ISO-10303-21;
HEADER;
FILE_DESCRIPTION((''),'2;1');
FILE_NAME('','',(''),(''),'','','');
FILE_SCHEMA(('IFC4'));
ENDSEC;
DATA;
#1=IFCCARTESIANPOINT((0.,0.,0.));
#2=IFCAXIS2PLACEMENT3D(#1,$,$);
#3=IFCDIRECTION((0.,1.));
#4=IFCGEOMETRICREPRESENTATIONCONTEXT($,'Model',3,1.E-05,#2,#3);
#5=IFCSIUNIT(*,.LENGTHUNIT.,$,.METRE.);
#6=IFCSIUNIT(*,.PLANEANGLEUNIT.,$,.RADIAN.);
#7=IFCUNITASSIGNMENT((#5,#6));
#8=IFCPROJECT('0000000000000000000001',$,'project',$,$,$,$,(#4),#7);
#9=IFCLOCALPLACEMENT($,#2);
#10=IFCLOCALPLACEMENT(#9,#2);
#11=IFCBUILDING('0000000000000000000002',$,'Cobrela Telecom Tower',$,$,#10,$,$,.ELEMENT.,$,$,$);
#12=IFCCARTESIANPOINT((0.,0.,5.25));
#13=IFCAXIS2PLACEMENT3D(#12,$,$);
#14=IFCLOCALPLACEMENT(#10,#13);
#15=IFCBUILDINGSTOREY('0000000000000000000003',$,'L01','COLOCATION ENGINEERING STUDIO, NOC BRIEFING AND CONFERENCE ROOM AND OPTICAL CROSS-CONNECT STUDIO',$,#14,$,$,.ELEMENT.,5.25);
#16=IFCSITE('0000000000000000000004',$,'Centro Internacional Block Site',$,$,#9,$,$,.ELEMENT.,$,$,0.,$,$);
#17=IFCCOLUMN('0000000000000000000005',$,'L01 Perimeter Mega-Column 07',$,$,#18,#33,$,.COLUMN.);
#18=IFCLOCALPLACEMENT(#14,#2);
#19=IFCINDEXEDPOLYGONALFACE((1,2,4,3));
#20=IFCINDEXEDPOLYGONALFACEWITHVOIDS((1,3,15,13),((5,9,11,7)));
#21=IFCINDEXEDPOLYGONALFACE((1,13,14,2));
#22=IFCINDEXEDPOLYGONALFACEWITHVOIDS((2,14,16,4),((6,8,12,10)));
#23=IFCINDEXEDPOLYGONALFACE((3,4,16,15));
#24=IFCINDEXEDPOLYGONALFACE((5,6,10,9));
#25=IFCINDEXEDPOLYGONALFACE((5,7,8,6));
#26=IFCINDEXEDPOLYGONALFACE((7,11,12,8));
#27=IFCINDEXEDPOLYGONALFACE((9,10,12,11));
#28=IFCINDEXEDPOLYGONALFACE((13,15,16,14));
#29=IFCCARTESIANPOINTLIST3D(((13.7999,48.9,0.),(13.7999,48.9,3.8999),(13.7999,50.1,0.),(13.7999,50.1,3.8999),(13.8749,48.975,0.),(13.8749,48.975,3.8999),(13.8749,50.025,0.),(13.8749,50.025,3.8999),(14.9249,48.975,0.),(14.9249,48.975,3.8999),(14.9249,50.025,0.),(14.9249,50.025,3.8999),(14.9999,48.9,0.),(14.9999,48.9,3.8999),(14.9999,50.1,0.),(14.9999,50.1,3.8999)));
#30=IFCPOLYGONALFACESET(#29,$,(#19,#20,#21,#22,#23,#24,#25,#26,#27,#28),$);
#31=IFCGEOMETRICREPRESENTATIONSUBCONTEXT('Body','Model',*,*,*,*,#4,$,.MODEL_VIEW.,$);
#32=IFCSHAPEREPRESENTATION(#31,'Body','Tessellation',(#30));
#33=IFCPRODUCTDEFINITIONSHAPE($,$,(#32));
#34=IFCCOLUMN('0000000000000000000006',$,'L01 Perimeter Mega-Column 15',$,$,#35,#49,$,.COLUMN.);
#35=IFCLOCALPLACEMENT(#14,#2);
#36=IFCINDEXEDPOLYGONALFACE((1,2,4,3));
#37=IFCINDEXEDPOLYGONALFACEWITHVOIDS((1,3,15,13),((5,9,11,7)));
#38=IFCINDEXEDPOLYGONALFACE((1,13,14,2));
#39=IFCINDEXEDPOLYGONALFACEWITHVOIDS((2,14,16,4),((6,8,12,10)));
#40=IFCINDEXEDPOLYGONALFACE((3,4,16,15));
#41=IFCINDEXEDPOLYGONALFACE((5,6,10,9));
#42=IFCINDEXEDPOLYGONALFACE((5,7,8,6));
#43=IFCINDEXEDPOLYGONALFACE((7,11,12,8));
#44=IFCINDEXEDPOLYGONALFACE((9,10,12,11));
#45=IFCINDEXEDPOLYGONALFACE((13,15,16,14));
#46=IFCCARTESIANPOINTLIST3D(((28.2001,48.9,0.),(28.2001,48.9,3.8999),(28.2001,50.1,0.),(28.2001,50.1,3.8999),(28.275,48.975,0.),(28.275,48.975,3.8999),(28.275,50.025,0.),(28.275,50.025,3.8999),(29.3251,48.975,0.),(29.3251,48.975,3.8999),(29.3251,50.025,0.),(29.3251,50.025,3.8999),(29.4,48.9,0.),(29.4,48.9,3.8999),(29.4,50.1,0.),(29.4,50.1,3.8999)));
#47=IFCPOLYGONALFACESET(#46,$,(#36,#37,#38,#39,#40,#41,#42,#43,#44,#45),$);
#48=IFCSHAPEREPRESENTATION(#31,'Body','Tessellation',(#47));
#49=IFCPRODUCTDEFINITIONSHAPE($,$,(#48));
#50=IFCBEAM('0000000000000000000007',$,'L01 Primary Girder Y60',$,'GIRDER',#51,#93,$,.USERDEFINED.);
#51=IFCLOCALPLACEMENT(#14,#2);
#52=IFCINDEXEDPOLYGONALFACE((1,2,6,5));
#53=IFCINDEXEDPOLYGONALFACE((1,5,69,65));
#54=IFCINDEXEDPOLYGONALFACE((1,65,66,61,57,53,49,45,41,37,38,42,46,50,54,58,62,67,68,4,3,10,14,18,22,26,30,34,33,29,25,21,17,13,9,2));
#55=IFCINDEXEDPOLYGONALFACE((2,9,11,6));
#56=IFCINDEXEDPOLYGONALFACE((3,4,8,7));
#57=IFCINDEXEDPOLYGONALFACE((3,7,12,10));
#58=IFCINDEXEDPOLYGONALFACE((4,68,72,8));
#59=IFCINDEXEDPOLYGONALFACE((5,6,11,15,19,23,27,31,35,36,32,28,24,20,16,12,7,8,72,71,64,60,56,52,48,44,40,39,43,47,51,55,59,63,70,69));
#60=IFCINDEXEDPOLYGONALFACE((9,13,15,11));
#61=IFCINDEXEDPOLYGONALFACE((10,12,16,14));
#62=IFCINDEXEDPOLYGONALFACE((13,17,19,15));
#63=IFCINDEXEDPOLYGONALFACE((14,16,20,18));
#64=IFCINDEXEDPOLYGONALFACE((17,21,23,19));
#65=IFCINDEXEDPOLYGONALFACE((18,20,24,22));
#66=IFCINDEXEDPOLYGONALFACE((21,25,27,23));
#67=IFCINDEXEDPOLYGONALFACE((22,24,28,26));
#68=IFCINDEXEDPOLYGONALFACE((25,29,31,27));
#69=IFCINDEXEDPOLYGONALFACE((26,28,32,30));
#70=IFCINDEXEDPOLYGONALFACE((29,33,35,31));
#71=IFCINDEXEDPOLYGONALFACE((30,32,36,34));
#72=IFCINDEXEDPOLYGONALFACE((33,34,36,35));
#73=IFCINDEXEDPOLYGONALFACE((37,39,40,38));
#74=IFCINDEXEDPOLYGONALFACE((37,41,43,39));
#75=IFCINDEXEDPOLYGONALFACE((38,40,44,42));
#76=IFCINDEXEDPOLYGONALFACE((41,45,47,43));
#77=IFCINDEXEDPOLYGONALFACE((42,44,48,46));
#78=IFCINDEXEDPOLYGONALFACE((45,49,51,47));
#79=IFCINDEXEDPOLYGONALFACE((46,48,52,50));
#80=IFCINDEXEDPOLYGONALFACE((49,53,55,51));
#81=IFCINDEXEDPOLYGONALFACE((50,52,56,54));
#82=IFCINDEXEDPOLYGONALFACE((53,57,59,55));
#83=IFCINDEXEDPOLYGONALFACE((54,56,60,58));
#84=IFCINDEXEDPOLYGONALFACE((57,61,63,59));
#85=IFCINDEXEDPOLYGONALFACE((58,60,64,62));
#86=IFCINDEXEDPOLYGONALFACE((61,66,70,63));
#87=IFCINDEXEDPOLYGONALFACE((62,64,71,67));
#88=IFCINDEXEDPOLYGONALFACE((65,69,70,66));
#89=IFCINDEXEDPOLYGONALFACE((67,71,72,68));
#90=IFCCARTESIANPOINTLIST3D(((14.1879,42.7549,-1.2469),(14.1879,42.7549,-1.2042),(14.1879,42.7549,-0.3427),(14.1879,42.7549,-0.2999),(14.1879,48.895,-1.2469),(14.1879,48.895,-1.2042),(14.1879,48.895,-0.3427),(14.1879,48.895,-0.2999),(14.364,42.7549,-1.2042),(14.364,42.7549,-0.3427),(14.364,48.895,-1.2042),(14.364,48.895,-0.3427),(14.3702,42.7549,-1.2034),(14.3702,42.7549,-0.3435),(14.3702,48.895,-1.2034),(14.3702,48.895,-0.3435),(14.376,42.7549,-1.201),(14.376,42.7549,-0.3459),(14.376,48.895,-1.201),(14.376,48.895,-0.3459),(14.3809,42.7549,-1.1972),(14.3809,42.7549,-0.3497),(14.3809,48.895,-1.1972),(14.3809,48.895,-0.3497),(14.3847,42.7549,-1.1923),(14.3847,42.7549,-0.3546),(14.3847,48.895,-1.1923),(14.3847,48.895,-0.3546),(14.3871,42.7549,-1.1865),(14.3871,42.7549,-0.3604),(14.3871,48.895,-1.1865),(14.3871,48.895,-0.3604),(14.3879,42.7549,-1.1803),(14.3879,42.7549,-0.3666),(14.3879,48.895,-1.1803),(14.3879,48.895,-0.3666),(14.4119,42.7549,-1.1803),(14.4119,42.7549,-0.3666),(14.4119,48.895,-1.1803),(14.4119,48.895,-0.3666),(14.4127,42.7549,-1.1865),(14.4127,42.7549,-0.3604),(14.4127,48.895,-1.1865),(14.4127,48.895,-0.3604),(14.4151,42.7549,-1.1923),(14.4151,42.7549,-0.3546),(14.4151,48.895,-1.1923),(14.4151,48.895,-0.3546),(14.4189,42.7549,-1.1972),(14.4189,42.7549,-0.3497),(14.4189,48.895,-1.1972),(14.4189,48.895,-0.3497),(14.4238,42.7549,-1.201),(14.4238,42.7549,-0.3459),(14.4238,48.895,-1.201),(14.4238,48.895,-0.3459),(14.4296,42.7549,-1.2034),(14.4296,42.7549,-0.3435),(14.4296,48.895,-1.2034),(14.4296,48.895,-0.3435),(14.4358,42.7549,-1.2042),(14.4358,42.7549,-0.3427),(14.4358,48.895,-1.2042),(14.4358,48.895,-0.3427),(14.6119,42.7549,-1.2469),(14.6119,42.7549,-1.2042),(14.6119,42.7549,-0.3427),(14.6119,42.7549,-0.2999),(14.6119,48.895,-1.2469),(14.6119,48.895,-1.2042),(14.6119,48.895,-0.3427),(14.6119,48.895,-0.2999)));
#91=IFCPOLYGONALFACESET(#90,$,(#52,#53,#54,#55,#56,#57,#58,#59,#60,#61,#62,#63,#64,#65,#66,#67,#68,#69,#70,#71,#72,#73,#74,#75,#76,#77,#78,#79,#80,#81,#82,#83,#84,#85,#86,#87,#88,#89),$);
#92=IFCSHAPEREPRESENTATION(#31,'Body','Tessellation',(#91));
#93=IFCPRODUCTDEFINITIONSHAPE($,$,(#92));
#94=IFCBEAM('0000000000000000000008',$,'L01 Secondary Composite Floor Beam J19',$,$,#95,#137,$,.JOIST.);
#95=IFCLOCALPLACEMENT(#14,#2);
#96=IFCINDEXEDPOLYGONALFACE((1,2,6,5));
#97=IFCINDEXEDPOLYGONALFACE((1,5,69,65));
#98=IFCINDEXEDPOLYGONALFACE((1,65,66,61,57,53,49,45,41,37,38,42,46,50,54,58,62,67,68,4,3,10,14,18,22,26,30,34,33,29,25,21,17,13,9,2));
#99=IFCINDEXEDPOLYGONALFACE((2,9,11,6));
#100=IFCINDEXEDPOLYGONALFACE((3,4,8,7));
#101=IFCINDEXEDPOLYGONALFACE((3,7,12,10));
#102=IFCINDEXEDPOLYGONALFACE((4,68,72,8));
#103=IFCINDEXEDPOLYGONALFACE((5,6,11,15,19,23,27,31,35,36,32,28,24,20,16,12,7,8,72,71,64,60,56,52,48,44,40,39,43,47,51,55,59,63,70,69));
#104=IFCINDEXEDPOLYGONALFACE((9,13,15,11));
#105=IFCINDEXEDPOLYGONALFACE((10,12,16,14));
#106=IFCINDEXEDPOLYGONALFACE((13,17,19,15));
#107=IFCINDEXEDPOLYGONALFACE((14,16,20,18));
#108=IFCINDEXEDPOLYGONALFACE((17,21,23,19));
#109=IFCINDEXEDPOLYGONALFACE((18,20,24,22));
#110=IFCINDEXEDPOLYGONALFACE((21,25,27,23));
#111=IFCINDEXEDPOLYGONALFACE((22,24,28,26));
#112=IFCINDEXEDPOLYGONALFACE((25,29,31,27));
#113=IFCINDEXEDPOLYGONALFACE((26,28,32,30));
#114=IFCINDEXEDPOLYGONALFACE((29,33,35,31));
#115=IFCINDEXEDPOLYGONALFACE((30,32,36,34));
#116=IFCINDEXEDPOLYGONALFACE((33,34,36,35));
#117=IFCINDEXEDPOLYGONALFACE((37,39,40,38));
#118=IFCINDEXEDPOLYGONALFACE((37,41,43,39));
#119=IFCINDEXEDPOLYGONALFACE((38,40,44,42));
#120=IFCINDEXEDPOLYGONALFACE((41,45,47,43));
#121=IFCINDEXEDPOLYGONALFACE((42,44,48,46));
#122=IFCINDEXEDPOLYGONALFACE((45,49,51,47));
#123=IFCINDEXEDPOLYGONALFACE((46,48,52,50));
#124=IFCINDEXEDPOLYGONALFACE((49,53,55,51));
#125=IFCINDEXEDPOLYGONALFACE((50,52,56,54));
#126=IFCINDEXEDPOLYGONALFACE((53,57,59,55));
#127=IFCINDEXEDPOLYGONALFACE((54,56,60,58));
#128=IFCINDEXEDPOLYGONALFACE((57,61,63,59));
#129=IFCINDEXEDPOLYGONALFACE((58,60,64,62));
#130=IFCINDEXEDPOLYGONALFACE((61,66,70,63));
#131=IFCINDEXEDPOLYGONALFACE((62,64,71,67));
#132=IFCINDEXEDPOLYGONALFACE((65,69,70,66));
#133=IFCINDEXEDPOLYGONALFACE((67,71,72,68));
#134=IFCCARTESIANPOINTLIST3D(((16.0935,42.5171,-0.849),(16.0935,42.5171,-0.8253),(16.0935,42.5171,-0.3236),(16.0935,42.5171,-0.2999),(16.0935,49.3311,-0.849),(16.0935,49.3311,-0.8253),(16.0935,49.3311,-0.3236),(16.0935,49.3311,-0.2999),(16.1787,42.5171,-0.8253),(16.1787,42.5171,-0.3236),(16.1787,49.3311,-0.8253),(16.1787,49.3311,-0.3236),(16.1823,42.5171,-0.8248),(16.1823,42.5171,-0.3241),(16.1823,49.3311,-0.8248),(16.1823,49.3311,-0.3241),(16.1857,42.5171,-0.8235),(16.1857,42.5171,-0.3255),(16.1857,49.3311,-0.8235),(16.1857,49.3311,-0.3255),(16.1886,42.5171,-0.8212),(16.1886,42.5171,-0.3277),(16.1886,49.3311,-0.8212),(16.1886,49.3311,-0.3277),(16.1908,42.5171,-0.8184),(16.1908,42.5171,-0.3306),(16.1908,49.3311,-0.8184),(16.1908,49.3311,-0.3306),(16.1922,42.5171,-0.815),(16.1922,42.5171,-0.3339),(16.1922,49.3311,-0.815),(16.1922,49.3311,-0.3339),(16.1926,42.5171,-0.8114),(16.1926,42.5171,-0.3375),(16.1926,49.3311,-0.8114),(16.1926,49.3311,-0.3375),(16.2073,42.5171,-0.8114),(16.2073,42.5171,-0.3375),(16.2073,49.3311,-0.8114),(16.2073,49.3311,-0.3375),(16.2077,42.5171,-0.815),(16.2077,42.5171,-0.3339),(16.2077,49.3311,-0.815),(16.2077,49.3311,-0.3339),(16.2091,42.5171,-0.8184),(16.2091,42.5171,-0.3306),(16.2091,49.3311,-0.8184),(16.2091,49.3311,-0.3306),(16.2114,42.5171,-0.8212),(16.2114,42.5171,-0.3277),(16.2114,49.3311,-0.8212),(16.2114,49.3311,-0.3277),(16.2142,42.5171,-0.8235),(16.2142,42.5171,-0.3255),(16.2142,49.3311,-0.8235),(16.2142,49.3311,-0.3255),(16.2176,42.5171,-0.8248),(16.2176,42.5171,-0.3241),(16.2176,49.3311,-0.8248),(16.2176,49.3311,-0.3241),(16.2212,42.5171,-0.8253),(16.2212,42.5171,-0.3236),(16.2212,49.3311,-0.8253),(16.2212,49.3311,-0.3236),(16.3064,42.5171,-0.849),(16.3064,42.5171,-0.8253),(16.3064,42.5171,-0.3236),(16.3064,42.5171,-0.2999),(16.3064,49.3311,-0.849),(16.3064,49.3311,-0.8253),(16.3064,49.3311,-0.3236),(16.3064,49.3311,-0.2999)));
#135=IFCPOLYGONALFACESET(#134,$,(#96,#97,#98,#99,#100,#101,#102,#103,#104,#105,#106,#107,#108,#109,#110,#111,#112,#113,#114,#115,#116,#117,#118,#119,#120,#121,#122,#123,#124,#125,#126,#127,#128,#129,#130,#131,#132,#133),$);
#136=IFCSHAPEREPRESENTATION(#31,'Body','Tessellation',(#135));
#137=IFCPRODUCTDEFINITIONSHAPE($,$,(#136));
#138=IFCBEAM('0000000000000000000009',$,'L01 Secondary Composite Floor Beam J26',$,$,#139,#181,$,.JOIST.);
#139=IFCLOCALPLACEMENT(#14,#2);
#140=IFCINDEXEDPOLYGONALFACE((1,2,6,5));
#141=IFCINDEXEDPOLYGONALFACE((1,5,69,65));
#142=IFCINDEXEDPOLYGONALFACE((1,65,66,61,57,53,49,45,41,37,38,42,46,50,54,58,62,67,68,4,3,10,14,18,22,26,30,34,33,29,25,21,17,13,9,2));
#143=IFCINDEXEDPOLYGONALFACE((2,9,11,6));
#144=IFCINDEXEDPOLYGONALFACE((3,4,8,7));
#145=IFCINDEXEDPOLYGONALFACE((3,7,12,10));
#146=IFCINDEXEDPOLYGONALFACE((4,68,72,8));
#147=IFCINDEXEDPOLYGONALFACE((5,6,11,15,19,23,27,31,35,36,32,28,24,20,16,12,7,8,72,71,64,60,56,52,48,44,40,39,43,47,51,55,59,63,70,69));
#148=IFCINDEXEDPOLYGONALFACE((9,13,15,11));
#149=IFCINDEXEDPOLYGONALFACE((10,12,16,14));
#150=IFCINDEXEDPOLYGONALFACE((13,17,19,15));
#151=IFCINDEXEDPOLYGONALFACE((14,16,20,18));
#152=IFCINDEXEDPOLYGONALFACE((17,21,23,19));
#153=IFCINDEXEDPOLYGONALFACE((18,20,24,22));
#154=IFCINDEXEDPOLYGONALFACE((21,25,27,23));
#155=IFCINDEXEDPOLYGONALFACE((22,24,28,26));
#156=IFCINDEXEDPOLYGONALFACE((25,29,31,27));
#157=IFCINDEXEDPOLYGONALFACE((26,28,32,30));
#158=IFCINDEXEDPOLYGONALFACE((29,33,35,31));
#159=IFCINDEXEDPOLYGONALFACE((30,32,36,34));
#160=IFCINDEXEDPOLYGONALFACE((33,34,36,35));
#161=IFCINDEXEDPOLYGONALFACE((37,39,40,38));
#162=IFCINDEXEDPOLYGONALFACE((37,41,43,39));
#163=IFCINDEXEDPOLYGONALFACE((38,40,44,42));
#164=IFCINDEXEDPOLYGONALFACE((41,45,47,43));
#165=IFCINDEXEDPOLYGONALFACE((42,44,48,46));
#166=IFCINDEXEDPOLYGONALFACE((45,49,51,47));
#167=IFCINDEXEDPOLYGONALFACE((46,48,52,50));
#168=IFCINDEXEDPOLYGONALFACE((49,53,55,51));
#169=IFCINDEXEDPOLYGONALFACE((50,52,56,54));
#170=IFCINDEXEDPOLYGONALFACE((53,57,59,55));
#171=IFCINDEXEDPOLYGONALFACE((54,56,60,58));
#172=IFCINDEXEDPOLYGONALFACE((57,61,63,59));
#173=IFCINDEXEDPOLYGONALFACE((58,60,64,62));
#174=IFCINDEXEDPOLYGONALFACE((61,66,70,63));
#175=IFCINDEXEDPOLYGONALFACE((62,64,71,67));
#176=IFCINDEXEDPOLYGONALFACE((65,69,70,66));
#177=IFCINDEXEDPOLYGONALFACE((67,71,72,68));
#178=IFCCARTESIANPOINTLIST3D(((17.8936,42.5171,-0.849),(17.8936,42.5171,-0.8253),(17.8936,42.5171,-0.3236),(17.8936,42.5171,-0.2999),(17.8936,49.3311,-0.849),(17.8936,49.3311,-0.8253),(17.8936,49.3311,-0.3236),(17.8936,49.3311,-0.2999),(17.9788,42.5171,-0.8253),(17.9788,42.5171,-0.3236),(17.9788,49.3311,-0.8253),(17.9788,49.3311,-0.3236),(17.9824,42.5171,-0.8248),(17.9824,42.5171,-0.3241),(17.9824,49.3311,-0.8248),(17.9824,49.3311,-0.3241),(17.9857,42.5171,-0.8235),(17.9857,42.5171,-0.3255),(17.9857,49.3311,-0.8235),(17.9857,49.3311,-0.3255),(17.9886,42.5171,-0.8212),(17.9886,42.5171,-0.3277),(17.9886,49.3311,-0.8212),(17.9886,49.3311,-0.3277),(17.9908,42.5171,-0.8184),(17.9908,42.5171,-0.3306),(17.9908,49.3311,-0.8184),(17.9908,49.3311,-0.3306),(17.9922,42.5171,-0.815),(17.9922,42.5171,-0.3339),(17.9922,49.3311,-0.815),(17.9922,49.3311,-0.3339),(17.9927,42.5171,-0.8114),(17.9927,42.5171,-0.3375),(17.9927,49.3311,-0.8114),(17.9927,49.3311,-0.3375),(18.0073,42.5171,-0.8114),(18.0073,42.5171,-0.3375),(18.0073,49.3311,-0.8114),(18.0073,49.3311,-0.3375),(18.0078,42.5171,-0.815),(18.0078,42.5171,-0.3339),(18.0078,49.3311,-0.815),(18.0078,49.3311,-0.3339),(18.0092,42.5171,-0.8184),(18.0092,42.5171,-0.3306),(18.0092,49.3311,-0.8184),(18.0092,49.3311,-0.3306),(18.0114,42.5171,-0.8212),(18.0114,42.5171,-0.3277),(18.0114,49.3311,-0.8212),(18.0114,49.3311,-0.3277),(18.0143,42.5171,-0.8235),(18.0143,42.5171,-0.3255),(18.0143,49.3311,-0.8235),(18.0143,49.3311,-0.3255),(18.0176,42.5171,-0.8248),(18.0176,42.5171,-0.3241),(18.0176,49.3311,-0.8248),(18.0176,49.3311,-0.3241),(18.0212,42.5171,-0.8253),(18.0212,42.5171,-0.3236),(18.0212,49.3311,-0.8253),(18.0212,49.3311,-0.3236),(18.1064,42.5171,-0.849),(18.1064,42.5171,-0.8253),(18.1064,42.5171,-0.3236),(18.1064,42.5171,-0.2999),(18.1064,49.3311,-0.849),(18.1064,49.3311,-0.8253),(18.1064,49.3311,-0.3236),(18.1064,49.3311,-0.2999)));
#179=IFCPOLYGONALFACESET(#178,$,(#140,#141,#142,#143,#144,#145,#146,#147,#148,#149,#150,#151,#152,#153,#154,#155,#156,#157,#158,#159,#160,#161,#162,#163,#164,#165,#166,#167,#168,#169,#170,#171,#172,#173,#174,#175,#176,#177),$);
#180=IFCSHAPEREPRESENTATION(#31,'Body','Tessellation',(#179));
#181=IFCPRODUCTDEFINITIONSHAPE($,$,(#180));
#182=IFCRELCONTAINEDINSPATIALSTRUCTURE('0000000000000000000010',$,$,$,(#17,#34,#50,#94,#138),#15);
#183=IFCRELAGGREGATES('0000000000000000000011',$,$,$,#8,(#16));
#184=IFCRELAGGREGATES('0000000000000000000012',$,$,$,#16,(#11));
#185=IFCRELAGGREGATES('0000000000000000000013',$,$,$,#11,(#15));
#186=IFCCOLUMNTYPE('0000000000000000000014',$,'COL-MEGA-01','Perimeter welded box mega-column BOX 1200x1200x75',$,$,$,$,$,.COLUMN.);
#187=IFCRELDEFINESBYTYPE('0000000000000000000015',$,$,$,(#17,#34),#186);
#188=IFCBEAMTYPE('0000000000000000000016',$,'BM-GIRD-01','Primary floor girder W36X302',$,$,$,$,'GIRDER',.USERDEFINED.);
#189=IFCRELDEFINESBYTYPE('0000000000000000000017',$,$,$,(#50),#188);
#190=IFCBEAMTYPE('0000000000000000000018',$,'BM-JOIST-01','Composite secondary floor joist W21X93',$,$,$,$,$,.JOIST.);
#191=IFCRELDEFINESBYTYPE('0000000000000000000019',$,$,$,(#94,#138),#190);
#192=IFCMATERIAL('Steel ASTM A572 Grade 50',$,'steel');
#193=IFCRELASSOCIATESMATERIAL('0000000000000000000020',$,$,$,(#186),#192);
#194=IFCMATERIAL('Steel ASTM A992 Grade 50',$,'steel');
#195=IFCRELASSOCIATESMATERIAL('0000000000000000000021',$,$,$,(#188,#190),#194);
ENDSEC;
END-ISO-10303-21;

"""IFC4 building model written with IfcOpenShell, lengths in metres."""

from ifc_helpers import new_model, si_unit, direction, frame, origin, origin_2d, place, context, subcontext, project, spatial, hollow_rectangle, i_section, extrude, material, material_profile, profile_set, type_object, element, save


model = new_model("IFC4")

# Units and contexts
model_context = context("Model", 3, precision=1e-05, world=origin(), true_north=direction((0.0, 1.0)))
body_context = subcontext(model_context, "Body", "Model", "MODEL_VIEW")
ifc_project = project(units=[si_unit("LENGTHUNIT", "METRE"), si_unit("PLANEANGLEUNIT", "RADIAN")], contexts=[model_context])

# Site, building, storey
site_placement = place(None, origin())
site = spatial("IfcSite", under=ifc_project, at=site_placement, Name="Centro Internacional Block Site", CompositionType="ELEMENT", RefElevation=0.0)
building_placement = place(site_placement, origin())
building = spatial("IfcBuilding", under=site, at=building_placement, Name="Cobrela Telecom Tower", CompositionType="ELEMENT")
storey_placement = place(building_placement, frame((0.0, 0.0, 5.25)))
storey = spatial("IfcBuildingStorey", under=building, at=storey_placement, Name="L01", Description="COLOCATION ENGINEERING STUDIO, NOC BRIEFING AND CONFERENCE ROOM AND OPTICAL CROSS-CONNECT STUDIO", CompositionType="ELEMENT", Elevation=5.25)

# Columns
ifc_material_1 = material(Name="Steel ASTM A572 Grade 50", Category="steel")
ifc_material_profile_1 = material_profile(ifc_material_1, hollow_rectangle(XDim=1.2, YDim=1.2, WallThickness=0.075, at=origin_2d()), Name="BOX 1200x1200x75")
ifc_profile_set_1 = profile_set([ifc_material_profile_1], Name="Steel ASTM A572 Grade 50")
column_type = type_object("IfcColumnType", Name="COL-MEGA-01", Description="Perimeter welded box mega-column BOX 1200x1200x75", PredefinedType="COLUMN", material=ifc_profile_set_1)
for number, where, z_axis, x_axis, name in (
    (1, (14.3999, 49.5, 0.0), (0.0, 0.0, 1.0), (1.0, 0.0, 0.0), "L01 Perimeter Mega-Column 07"),
    (2, (28.8, 49.5, 0.0), (0.0, 0.0, 1.0), (1.0, 0.0, 0.0), "L01 Perimeter Mega-Column 15"),
):
    element("IfcColumn", number, at=place(storey_placement, frame(where, z_axis=z_axis, x_axis=x_axis)), inside=storey, type_object=column_type, Name=name, PredefinedType="COLUMN", context=body_context, shape_type="SweptSolid", body=[
        extrude(hollow_rectangle(XDim=1.2, YDim=1.2, WallThickness=0.075, at=origin_2d()), origin(), (0.0, 0.0, 1.0), 3.8999),
    ])

# Beams
ifc_material_2 = material(Name="Steel ASTM A992 Grade 50", Category="steel")
ifc_material_profile_2 = material_profile(ifc_material_2, i_section(OverallWidth=0.4241, OverallDepth=0.947, WebThickness=0.0239, FlangeThickness=0.0427, FilletRadius=0.0239, at=origin_2d()), Name="W36X302")
ifc_profile_set_2 = profile_set([ifc_material_profile_2], Name="Steel ASTM A992 Grade 50")
beam_type_1 = type_object("IfcBeamType", Name="BM-GIRD-01", Description="Primary floor girder W36X302", ElementType="GIRDER", PredefinedType="USERDEFINED", material=ifc_profile_set_2)
beam_1_placement = place(storey_placement, frame((14.3999, 42.7549, -0.7734), z_axis=(0.0, 1.0, 0.0), x_axis=(-1.0, 0.0, 0.0)))
element("IfcBeam", 3, at=beam_1_placement, inside=storey, type_object=beam_type_1, Name="L01 Primary Girder Y60", ObjectType="GIRDER", PredefinedType="USERDEFINED", context=body_context, shape_type="SweptSolid", body=[
    extrude(i_section(OverallWidth=0.4241, OverallDepth=0.947, WebThickness=0.0239, FlangeThickness=0.0427, FilletRadius=0.0239, at=origin_2d()), origin(), (0.0, 0.0, 1.0), 6.1401),
])
ifc_material_profile_3 = material_profile(ifc_material_2, i_section(OverallWidth=0.2129, OverallDepth=0.5491, WebThickness=0.0146, FlangeThickness=0.0237, FilletRadius=0.0139, at=origin_2d()), Name="W21X93")
ifc_profile_set_3 = profile_set([ifc_material_profile_3], Name="Steel ASTM A992 Grade 50")
beam_type_2 = type_object("IfcBeamType", Name="BM-JOIST-01", Description="Composite secondary floor joist W21X93", PredefinedType="JOIST", material=ifc_profile_set_3)
for number, where, z_axis, x_axis, name in (
    (4, (16.2, 42.5171, -0.5745), (0.0, 1.0, 0.0), (-1.0, 0.0, 0.0), "L01 Secondary Composite Floor Beam J19"),
    (5, (18.0, 42.5171, -0.5745), (0.0, 1.0, 0.0), (-1.0, 0.0, 0.0), "L01 Secondary Composite Floor Beam J26"),
):
    element("IfcBeam", number, at=place(storey_placement, frame(where, z_axis=z_axis, x_axis=x_axis)), inside=storey, type_object=beam_type_2, Name=name, PredefinedType="JOIST", context=body_context, shape_type="SweptSolid", body=[
        extrude(i_section(OverallWidth=0.2129, OverallDepth=0.5491, WebThickness=0.0146, FlangeThickness=0.0237, FilletRadius=0.0139, at=origin_2d()), origin(), (0.0, 0.0, 1.0), 6.814),
    ])

save(model, "model.ifc")
